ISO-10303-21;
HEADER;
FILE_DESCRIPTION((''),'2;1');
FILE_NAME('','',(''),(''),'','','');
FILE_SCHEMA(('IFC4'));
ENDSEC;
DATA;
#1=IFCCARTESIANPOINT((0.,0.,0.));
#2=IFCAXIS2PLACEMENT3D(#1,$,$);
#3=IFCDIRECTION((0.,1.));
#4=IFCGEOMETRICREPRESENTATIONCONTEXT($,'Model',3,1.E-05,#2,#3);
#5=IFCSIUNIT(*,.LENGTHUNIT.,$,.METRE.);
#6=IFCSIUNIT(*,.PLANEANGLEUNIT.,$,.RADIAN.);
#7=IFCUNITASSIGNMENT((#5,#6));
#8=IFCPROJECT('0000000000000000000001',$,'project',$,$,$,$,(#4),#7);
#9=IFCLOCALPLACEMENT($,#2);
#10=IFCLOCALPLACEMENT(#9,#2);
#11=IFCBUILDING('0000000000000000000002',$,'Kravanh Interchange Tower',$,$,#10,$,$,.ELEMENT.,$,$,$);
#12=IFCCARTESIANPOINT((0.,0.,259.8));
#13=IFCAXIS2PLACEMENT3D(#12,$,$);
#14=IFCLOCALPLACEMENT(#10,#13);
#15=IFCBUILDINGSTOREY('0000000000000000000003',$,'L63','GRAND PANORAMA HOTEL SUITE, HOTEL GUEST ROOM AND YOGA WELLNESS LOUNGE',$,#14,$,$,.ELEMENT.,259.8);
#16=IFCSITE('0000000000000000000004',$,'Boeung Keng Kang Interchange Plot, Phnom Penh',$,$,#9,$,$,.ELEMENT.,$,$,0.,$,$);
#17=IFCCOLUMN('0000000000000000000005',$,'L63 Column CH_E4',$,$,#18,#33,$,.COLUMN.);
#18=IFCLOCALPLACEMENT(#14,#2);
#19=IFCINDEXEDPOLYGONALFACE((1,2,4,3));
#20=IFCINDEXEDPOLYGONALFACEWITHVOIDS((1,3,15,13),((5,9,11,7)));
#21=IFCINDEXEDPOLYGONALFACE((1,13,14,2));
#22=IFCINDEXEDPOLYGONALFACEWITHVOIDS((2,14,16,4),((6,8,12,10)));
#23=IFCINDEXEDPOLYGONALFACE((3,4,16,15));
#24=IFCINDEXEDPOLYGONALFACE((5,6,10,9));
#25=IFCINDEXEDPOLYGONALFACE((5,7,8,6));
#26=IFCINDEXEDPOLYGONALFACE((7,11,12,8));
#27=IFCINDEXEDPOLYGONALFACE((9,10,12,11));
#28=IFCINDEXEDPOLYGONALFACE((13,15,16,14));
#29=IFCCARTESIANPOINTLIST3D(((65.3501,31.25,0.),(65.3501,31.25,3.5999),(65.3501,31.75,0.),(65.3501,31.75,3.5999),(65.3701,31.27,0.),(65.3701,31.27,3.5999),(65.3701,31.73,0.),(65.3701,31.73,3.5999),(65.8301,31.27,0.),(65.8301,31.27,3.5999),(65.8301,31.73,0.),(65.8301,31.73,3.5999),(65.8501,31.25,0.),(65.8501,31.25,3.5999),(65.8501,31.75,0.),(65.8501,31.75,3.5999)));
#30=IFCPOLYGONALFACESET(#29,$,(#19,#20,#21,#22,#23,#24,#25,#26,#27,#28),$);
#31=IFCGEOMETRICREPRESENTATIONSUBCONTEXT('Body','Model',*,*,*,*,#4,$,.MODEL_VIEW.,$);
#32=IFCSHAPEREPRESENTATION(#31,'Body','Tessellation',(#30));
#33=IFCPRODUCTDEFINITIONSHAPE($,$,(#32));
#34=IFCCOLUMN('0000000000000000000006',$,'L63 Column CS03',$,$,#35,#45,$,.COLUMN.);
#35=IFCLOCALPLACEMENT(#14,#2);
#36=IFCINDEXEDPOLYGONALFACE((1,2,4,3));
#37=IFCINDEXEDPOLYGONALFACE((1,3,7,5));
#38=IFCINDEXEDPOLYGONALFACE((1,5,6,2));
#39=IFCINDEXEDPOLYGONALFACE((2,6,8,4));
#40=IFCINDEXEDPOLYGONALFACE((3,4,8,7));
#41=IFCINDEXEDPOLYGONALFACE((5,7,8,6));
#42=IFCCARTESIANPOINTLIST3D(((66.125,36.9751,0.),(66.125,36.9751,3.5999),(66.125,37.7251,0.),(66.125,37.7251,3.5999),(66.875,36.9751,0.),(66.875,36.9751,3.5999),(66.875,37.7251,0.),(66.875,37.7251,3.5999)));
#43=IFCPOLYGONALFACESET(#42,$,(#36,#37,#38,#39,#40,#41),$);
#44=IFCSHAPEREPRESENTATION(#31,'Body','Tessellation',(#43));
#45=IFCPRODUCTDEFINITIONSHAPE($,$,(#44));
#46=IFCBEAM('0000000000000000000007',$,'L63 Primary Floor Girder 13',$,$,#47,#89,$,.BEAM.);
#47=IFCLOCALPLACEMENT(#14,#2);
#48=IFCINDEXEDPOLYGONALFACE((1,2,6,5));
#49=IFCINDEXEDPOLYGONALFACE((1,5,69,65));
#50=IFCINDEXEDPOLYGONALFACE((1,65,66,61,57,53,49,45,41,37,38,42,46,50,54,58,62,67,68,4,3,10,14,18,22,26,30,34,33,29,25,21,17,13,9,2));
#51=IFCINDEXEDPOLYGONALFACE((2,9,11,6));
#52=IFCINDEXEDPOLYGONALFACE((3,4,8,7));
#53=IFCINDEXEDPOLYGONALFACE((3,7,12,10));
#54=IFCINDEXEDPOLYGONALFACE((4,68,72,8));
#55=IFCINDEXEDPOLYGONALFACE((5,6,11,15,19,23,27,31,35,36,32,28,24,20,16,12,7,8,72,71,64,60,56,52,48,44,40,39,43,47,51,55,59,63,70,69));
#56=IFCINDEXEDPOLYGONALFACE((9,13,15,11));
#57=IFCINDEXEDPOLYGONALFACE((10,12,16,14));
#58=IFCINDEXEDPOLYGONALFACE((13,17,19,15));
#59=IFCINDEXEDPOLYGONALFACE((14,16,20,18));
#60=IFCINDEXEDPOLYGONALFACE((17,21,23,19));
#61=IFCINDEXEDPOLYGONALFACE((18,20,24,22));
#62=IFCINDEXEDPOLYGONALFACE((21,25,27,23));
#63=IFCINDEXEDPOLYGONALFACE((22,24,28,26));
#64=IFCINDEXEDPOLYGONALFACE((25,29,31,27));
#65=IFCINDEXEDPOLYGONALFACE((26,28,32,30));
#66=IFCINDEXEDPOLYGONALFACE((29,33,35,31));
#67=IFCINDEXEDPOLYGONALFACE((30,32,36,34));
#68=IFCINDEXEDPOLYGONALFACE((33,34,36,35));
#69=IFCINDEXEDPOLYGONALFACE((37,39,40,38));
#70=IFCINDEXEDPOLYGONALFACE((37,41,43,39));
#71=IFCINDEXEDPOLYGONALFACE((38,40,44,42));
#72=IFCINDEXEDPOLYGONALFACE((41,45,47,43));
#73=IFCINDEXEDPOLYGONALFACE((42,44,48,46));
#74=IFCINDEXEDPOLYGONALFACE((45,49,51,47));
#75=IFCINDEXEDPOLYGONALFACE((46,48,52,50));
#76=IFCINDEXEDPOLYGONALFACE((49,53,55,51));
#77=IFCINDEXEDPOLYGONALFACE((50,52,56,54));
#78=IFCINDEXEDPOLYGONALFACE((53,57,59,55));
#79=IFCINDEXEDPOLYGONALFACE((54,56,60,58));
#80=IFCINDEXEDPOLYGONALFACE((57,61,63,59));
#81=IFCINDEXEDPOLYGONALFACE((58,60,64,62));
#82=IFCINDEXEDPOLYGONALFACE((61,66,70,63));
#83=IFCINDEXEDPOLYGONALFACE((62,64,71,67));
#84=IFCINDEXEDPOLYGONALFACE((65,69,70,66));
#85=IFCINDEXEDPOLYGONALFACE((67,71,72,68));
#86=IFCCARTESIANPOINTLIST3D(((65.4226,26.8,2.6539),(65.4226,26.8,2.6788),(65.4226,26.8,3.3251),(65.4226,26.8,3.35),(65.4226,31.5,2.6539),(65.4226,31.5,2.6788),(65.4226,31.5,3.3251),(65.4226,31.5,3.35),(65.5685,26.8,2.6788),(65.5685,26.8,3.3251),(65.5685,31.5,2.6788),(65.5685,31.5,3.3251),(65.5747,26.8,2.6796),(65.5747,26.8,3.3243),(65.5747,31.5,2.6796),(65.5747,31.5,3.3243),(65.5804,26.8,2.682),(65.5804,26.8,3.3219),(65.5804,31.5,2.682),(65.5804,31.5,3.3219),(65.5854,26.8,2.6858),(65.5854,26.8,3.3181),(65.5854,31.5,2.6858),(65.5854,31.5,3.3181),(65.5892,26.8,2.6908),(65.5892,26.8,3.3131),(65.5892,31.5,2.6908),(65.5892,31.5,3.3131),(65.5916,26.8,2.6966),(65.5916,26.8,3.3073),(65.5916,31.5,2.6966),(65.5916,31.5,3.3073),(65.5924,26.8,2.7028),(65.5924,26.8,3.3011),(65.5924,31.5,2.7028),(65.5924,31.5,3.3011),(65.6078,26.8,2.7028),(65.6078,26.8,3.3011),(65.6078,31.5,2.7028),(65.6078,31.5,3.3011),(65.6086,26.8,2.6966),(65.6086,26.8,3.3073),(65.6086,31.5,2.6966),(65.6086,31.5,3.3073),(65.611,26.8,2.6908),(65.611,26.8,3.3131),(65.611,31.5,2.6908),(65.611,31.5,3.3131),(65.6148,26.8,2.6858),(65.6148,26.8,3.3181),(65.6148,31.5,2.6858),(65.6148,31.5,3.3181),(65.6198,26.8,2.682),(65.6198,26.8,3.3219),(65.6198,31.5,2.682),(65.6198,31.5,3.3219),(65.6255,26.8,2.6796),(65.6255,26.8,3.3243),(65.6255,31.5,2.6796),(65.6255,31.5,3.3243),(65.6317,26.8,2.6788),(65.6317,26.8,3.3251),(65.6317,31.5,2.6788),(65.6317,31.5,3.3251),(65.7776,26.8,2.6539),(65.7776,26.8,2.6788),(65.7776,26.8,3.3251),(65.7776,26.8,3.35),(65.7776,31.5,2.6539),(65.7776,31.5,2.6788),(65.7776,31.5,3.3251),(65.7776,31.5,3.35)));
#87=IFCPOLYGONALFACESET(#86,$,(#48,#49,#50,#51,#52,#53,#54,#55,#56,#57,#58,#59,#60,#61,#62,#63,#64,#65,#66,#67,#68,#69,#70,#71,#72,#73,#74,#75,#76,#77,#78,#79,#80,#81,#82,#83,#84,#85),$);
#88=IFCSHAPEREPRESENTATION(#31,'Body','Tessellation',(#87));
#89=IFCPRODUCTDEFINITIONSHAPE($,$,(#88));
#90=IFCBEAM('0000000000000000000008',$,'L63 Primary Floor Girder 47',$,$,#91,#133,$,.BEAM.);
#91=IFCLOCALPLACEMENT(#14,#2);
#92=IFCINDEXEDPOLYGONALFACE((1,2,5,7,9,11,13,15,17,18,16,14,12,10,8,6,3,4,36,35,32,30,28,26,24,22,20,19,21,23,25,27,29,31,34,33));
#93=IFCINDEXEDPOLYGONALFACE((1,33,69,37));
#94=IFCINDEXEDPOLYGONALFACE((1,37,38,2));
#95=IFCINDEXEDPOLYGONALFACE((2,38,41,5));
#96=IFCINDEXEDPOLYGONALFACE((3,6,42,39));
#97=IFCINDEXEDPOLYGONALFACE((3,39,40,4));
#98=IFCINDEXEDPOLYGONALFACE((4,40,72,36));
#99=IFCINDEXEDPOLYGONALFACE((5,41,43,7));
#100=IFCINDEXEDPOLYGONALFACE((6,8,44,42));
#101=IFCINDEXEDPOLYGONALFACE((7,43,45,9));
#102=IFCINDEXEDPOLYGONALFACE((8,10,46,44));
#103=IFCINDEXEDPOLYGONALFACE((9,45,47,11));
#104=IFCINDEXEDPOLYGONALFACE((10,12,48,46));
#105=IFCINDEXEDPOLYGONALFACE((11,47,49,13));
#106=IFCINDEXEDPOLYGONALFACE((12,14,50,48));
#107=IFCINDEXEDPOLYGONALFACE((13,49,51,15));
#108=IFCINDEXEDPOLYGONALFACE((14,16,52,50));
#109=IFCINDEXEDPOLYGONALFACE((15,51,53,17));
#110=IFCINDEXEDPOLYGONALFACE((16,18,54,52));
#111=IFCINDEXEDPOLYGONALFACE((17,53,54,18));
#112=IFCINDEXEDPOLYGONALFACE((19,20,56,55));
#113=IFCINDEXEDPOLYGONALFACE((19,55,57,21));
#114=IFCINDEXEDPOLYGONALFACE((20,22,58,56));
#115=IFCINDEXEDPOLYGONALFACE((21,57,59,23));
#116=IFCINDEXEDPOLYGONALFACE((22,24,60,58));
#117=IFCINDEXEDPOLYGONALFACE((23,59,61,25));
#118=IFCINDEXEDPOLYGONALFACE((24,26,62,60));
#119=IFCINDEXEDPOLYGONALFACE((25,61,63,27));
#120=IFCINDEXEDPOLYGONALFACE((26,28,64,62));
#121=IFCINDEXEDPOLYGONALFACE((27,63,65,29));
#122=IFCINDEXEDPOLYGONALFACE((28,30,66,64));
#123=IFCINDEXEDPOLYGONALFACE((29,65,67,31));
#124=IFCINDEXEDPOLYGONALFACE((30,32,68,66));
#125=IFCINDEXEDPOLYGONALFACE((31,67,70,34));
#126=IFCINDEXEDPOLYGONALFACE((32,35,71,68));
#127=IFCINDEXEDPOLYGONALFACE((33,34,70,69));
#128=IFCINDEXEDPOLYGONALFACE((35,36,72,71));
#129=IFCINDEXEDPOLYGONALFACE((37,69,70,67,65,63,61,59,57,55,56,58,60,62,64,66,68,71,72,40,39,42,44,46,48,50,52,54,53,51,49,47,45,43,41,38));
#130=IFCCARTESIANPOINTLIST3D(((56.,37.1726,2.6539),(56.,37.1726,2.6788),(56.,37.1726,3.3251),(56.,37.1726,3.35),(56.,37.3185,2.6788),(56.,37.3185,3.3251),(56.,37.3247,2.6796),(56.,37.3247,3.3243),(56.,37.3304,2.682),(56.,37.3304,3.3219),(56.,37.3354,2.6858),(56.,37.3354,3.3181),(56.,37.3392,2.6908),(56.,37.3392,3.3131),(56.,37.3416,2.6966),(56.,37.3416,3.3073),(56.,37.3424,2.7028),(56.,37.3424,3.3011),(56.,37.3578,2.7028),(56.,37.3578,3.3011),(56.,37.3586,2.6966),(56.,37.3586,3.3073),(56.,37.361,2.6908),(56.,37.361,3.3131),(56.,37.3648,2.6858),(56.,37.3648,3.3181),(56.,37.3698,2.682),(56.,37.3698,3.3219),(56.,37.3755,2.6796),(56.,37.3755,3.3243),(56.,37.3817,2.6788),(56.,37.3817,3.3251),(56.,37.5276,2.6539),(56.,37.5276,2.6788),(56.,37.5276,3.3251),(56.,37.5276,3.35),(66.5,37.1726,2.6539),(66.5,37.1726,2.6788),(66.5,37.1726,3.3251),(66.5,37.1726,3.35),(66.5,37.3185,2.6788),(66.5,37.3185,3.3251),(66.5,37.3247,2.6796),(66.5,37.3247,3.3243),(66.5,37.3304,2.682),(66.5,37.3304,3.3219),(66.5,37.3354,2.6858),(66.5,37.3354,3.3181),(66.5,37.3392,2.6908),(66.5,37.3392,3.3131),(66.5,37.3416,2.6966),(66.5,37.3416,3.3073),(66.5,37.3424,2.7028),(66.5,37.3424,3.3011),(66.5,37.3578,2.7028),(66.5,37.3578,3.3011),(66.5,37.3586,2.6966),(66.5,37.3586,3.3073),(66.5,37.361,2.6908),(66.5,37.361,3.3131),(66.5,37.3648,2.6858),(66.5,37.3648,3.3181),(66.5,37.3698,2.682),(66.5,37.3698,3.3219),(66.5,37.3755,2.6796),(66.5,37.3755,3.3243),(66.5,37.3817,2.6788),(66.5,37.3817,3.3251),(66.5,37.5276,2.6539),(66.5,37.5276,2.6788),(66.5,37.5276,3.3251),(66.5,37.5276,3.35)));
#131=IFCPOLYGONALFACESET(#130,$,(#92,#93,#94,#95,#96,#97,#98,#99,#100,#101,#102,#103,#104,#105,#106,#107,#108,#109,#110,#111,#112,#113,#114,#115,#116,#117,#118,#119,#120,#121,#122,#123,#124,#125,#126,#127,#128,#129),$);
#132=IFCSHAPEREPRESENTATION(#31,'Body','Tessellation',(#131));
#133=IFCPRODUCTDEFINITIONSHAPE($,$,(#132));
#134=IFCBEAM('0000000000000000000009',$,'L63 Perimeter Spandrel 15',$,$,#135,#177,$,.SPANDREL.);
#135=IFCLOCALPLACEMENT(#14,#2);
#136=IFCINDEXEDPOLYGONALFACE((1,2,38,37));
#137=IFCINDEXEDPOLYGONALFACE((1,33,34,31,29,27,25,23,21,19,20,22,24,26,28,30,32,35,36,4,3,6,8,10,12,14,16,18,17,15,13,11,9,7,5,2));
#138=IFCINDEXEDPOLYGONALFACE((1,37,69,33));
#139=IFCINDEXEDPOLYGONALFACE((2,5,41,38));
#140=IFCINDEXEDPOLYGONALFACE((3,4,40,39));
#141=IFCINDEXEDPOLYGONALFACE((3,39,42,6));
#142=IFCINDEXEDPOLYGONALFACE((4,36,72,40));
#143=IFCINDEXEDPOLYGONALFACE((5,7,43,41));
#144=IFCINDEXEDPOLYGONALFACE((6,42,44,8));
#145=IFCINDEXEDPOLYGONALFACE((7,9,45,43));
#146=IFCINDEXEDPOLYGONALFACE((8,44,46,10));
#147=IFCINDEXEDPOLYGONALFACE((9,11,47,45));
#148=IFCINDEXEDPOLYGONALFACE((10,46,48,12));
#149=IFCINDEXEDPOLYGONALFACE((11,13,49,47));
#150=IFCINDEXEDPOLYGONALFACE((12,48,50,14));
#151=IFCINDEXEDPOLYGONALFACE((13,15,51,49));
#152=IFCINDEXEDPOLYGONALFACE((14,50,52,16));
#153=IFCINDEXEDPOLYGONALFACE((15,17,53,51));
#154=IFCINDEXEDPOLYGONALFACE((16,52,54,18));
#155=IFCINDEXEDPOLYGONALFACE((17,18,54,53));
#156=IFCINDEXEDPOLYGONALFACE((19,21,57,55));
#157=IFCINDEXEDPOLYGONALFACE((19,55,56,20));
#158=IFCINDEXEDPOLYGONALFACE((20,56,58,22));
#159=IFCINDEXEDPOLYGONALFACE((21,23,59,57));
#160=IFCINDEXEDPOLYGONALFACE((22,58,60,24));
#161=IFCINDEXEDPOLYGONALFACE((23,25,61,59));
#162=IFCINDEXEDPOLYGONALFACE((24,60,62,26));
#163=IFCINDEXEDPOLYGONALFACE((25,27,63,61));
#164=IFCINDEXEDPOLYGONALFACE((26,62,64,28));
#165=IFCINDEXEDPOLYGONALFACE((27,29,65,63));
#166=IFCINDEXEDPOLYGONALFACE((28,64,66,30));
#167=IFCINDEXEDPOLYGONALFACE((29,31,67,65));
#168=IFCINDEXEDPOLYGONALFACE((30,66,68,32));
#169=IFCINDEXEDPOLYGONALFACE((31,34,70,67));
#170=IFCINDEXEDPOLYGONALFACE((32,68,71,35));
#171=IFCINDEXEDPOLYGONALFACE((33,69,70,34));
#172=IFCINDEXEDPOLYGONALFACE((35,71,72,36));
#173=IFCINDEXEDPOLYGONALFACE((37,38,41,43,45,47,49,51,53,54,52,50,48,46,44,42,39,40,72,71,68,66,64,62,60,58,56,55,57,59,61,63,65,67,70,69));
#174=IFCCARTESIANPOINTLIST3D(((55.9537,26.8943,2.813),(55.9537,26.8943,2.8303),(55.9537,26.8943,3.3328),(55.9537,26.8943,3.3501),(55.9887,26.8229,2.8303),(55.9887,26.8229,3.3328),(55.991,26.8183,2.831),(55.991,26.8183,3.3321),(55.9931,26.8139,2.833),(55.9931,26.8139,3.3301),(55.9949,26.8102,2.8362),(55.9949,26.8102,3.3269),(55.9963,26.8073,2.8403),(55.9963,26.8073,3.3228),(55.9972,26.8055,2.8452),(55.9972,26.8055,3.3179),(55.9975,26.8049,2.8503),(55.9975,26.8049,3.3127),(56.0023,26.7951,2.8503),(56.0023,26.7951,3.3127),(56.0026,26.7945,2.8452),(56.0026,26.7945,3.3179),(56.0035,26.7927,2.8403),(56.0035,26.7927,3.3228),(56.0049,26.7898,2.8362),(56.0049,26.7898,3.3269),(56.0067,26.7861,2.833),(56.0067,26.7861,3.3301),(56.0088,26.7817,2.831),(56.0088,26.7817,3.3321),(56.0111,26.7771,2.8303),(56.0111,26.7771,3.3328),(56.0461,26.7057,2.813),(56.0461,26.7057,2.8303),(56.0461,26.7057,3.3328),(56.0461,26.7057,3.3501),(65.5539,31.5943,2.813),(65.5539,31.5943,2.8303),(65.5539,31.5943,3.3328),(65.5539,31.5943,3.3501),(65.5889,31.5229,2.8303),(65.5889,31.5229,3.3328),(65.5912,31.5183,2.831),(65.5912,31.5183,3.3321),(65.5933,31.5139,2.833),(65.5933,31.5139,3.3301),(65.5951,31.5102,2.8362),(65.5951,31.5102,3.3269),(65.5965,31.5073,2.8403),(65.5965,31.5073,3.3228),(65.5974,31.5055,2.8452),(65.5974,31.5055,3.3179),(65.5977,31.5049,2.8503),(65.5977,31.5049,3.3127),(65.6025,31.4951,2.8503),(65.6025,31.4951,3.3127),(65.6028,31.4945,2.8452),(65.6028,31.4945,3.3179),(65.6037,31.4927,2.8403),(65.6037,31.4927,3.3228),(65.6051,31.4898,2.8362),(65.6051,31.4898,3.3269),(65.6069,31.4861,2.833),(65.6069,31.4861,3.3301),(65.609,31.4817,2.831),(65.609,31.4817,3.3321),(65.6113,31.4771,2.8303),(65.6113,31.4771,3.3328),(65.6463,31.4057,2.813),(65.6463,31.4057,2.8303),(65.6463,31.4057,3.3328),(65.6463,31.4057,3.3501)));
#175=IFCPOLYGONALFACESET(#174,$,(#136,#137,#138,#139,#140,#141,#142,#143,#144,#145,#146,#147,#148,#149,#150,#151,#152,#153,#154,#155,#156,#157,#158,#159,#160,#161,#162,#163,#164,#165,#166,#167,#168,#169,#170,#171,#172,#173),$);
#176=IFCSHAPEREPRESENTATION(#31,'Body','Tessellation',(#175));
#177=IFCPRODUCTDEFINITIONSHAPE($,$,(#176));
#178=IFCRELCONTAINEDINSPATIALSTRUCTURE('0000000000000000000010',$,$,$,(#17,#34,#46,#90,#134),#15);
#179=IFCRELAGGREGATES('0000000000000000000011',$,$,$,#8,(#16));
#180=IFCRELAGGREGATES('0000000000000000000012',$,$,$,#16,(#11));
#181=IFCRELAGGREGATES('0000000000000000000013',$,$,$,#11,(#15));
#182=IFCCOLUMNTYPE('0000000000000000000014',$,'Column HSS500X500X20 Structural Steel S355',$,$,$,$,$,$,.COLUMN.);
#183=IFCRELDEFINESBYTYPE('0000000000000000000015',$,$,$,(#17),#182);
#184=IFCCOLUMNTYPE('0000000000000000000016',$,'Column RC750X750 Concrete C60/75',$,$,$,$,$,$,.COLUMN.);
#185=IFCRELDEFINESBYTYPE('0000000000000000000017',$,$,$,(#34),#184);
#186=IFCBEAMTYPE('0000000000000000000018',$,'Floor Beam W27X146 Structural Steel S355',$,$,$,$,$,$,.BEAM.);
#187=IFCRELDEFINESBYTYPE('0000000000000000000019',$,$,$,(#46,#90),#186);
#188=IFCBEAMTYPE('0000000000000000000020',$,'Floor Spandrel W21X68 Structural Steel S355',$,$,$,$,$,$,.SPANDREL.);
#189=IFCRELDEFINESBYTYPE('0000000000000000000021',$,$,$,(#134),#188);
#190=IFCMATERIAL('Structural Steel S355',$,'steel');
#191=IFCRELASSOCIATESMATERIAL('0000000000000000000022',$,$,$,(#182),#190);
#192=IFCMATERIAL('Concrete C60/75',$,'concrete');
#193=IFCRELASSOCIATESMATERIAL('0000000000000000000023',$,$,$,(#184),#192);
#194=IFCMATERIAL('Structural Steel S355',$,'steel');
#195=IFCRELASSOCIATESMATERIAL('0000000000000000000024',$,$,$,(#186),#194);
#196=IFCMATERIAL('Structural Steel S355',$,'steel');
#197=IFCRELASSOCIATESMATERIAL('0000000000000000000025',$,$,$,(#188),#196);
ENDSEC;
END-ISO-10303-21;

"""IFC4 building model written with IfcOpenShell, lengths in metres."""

from ifc_helpers import new_model, si_unit, direction, frame, origin, origin_2d, place, context, subcontext, project, spatial, rectangle, hollow_rectangle, i_section, extrude, material, material_profile, profile_set, type_object, element, save


model = new_model("IFC4")

# Units and contexts
model_context = context("Model", 3, precision=1e-05, world=origin(), true_north=direction((0.0, 1.0)))
body_context = subcontext(model_context, "Body", "Model", "MODEL_VIEW")
ifc_project = project(units=[si_unit("LENGTHUNIT", "METRE"), si_unit("PLANEANGLEUNIT", "RADIAN")], contexts=[model_context])

# Site, building, storey
site_placement = place(None, origin())
site = spatial("IfcSite", under=ifc_project, at=site_placement, Name="Boeung Keng Kang Interchange Plot, Phnom Penh", CompositionType="ELEMENT", RefElevation=0.0)
building_placement = place(site_placement, origin())
building = spatial("IfcBuilding", under=site, at=building_placement, Name="Kravanh Interchange Tower", CompositionType="ELEMENT")
storey_placement = place(building_placement, frame((0.0, 0.0, 259.8)))
storey = spatial("IfcBuildingStorey", under=building, at=storey_placement, Name="L63", Description="GRAND PANORAMA HOTEL SUITE, HOTEL GUEST ROOM AND YOGA WELLNESS LOUNGE", CompositionType="ELEMENT", Elevation=259.8)

# Columns
ifc_material_1 = material(Name="Structural Steel S355", Category="steel")
ifc_material_profile_1 = material_profile(ifc_material_1, hollow_rectangle(XDim=0.5, YDim=0.5, WallThickness=0.02, at=origin_2d()), Name="HSS500X500X20")
ifc_profile_set_1 = profile_set([ifc_material_profile_1], Name="Structural Steel S355")
column_type_1 = type_object("IfcColumnType", Name="Column HSS500X500X20 Structural Steel S355", PredefinedType="COLUMN", material=ifc_profile_set_1)
column_1_placement = place(storey_placement, frame((65.6001, 31.5, 0.0), z_axis=(0.0, 0.0, 1.0), x_axis=(1.0, 0.0, 0.0)))
element("IfcColumn", 1, at=column_1_placement, inside=storey, type_object=column_type_1, Name="L63 Column CH_E4", PredefinedType="COLUMN", context=body_context, shape_type="SweptSolid", body=[
    extrude(hollow_rectangle(XDim=0.5, YDim=0.5, WallThickness=0.02, at=origin_2d()), origin(), (0.0, 0.0, 1.0), 3.5999),
])
ifc_material_2 = material(Name="Concrete C60/75", Category="concrete")
ifc_material_profile_2 = material_profile(ifc_material_2, rectangle(XDim=0.75, YDim=0.75, at=origin_2d()), Name="RC750X750")
ifc_profile_set_2 = profile_set([ifc_material_profile_2], Name="Concrete C60/75")
column_type_2 = type_object("IfcColumnType", Name="Column RC750X750 Concrete C60/75", PredefinedType="COLUMN", material=ifc_profile_set_2)
column_2_placement = place(storey_placement, frame((66.5, 37.3501, 0.0), z_axis=(0.0, 0.0, 1.0), x_axis=(1.0, 0.0, 0.0)))
element("IfcColumn", 2, at=column_2_placement, inside=storey, type_object=column_type_2, Name="L63 Column CS03", PredefinedType="COLUMN", context=body_context, shape_type="SweptSolid", body=[
    extrude(rectangle(XDim=0.75, YDim=0.75, at=origin_2d()), origin(), (0.0, 0.0, 1.0), 3.5999),
])

# Beams
ifc_material_3 = material(Name="Structural Steel S355", Category="steel")
ifc_material_profile_3 = material_profile(ifc_material_3, i_section(OverallWidth=0.355, OverallDepth=0.696, WebThickness=0.0154, FlangeThickness=0.0249, FilletRadius=0.0239, at=origin_2d()), Name="W27X146")
ifc_profile_set_3 = profile_set([ifc_material_profile_3], Name="Structural Steel S355")
beam_type_1 = type_object("IfcBeamType", Name="Floor Beam W27X146 Structural Steel S355", PredefinedType="BEAM", material=ifc_profile_set_3)
beam_1_placement = place(storey_placement, frame((65.6001, 31.5, 3.002), z_axis=(0.0, -1.0, 0.0), x_axis=(1.0, 0.0, 0.0)))
element("IfcBeam", 3, at=beam_1_placement, inside=storey, type_object=beam_type_1, Name="L63 Primary Floor Girder 13", PredefinedType="BEAM", context=body_context, shape_type="SweptSolid", body=[
    extrude(i_section(OverallWidth=0.355, OverallDepth=0.696, WebThickness=0.0154, FlangeThickness=0.0249, FilletRadius=0.0239, at=origin_2d()), origin(), (0.0, 0.0, 1.0), 4.7),
])
beam_2_placement = place(storey_placement, frame((66.5, 37.3501, 3.002), z_axis=(-1.0, 0.0, 0.0), x_axis=(0.0, -1.0, 0.0)))
element("IfcBeam", 4, at=beam_2_placement, inside=storey, type_object=beam_type_1, Name="L63 Primary Floor Girder 47", PredefinedType="BEAM", context=body_context, shape_type="SweptSolid", body=[
    extrude(i_section(OverallWidth=0.355, OverallDepth=0.696, WebThickness=0.0154, FlangeThickness=0.0249, FilletRadius=0.0239, at=origin_2d()), origin(), (0.0, 0.0, 1.0), 10.5),
])
ifc_material_4 = material(Name="Structural Steel S355", Category="steel")
ifc_material_profile_4 = material_profile(ifc_material_4, i_section(OverallWidth=0.21, OverallDepth=0.5371, WebThickness=0.011, FlangeThickness=0.0173, FilletRadius=0.02, at=origin_2d()), Name="W21X68")
ifc_profile_set_4 = profile_set([ifc_material_profile_4], Name="Structural Steel S355")
beam_type_2 = type_object("IfcBeamType", Name="Floor Spandrel W21X68 Structural Steel S355", PredefinedType="SPANDREL", material=ifc_profile_set_4)
beam_3_placement = place(storey_placement, frame((65.6001, 31.5, 3.0815), z_axis=(-0.898142, -0.439706, 0.0), x_axis=(0.439706, -0.898142, 0.0)))
element("IfcBeam", 5, at=beam_3_placement, inside=storey, type_object=beam_type_2, Name="L63 Perimeter Spandrel 15", PredefinedType="SPANDREL", context=body_context, shape_type="SweptSolid", body=[
    extrude(i_section(OverallWidth=0.21, OverallDepth=0.5371, WebThickness=0.011, FlangeThickness=0.0173, FilletRadius=0.02, at=origin_2d()), origin(), (0.0, 0.0, 1.0), 10.689),
])

save(model, "model.ifc")
